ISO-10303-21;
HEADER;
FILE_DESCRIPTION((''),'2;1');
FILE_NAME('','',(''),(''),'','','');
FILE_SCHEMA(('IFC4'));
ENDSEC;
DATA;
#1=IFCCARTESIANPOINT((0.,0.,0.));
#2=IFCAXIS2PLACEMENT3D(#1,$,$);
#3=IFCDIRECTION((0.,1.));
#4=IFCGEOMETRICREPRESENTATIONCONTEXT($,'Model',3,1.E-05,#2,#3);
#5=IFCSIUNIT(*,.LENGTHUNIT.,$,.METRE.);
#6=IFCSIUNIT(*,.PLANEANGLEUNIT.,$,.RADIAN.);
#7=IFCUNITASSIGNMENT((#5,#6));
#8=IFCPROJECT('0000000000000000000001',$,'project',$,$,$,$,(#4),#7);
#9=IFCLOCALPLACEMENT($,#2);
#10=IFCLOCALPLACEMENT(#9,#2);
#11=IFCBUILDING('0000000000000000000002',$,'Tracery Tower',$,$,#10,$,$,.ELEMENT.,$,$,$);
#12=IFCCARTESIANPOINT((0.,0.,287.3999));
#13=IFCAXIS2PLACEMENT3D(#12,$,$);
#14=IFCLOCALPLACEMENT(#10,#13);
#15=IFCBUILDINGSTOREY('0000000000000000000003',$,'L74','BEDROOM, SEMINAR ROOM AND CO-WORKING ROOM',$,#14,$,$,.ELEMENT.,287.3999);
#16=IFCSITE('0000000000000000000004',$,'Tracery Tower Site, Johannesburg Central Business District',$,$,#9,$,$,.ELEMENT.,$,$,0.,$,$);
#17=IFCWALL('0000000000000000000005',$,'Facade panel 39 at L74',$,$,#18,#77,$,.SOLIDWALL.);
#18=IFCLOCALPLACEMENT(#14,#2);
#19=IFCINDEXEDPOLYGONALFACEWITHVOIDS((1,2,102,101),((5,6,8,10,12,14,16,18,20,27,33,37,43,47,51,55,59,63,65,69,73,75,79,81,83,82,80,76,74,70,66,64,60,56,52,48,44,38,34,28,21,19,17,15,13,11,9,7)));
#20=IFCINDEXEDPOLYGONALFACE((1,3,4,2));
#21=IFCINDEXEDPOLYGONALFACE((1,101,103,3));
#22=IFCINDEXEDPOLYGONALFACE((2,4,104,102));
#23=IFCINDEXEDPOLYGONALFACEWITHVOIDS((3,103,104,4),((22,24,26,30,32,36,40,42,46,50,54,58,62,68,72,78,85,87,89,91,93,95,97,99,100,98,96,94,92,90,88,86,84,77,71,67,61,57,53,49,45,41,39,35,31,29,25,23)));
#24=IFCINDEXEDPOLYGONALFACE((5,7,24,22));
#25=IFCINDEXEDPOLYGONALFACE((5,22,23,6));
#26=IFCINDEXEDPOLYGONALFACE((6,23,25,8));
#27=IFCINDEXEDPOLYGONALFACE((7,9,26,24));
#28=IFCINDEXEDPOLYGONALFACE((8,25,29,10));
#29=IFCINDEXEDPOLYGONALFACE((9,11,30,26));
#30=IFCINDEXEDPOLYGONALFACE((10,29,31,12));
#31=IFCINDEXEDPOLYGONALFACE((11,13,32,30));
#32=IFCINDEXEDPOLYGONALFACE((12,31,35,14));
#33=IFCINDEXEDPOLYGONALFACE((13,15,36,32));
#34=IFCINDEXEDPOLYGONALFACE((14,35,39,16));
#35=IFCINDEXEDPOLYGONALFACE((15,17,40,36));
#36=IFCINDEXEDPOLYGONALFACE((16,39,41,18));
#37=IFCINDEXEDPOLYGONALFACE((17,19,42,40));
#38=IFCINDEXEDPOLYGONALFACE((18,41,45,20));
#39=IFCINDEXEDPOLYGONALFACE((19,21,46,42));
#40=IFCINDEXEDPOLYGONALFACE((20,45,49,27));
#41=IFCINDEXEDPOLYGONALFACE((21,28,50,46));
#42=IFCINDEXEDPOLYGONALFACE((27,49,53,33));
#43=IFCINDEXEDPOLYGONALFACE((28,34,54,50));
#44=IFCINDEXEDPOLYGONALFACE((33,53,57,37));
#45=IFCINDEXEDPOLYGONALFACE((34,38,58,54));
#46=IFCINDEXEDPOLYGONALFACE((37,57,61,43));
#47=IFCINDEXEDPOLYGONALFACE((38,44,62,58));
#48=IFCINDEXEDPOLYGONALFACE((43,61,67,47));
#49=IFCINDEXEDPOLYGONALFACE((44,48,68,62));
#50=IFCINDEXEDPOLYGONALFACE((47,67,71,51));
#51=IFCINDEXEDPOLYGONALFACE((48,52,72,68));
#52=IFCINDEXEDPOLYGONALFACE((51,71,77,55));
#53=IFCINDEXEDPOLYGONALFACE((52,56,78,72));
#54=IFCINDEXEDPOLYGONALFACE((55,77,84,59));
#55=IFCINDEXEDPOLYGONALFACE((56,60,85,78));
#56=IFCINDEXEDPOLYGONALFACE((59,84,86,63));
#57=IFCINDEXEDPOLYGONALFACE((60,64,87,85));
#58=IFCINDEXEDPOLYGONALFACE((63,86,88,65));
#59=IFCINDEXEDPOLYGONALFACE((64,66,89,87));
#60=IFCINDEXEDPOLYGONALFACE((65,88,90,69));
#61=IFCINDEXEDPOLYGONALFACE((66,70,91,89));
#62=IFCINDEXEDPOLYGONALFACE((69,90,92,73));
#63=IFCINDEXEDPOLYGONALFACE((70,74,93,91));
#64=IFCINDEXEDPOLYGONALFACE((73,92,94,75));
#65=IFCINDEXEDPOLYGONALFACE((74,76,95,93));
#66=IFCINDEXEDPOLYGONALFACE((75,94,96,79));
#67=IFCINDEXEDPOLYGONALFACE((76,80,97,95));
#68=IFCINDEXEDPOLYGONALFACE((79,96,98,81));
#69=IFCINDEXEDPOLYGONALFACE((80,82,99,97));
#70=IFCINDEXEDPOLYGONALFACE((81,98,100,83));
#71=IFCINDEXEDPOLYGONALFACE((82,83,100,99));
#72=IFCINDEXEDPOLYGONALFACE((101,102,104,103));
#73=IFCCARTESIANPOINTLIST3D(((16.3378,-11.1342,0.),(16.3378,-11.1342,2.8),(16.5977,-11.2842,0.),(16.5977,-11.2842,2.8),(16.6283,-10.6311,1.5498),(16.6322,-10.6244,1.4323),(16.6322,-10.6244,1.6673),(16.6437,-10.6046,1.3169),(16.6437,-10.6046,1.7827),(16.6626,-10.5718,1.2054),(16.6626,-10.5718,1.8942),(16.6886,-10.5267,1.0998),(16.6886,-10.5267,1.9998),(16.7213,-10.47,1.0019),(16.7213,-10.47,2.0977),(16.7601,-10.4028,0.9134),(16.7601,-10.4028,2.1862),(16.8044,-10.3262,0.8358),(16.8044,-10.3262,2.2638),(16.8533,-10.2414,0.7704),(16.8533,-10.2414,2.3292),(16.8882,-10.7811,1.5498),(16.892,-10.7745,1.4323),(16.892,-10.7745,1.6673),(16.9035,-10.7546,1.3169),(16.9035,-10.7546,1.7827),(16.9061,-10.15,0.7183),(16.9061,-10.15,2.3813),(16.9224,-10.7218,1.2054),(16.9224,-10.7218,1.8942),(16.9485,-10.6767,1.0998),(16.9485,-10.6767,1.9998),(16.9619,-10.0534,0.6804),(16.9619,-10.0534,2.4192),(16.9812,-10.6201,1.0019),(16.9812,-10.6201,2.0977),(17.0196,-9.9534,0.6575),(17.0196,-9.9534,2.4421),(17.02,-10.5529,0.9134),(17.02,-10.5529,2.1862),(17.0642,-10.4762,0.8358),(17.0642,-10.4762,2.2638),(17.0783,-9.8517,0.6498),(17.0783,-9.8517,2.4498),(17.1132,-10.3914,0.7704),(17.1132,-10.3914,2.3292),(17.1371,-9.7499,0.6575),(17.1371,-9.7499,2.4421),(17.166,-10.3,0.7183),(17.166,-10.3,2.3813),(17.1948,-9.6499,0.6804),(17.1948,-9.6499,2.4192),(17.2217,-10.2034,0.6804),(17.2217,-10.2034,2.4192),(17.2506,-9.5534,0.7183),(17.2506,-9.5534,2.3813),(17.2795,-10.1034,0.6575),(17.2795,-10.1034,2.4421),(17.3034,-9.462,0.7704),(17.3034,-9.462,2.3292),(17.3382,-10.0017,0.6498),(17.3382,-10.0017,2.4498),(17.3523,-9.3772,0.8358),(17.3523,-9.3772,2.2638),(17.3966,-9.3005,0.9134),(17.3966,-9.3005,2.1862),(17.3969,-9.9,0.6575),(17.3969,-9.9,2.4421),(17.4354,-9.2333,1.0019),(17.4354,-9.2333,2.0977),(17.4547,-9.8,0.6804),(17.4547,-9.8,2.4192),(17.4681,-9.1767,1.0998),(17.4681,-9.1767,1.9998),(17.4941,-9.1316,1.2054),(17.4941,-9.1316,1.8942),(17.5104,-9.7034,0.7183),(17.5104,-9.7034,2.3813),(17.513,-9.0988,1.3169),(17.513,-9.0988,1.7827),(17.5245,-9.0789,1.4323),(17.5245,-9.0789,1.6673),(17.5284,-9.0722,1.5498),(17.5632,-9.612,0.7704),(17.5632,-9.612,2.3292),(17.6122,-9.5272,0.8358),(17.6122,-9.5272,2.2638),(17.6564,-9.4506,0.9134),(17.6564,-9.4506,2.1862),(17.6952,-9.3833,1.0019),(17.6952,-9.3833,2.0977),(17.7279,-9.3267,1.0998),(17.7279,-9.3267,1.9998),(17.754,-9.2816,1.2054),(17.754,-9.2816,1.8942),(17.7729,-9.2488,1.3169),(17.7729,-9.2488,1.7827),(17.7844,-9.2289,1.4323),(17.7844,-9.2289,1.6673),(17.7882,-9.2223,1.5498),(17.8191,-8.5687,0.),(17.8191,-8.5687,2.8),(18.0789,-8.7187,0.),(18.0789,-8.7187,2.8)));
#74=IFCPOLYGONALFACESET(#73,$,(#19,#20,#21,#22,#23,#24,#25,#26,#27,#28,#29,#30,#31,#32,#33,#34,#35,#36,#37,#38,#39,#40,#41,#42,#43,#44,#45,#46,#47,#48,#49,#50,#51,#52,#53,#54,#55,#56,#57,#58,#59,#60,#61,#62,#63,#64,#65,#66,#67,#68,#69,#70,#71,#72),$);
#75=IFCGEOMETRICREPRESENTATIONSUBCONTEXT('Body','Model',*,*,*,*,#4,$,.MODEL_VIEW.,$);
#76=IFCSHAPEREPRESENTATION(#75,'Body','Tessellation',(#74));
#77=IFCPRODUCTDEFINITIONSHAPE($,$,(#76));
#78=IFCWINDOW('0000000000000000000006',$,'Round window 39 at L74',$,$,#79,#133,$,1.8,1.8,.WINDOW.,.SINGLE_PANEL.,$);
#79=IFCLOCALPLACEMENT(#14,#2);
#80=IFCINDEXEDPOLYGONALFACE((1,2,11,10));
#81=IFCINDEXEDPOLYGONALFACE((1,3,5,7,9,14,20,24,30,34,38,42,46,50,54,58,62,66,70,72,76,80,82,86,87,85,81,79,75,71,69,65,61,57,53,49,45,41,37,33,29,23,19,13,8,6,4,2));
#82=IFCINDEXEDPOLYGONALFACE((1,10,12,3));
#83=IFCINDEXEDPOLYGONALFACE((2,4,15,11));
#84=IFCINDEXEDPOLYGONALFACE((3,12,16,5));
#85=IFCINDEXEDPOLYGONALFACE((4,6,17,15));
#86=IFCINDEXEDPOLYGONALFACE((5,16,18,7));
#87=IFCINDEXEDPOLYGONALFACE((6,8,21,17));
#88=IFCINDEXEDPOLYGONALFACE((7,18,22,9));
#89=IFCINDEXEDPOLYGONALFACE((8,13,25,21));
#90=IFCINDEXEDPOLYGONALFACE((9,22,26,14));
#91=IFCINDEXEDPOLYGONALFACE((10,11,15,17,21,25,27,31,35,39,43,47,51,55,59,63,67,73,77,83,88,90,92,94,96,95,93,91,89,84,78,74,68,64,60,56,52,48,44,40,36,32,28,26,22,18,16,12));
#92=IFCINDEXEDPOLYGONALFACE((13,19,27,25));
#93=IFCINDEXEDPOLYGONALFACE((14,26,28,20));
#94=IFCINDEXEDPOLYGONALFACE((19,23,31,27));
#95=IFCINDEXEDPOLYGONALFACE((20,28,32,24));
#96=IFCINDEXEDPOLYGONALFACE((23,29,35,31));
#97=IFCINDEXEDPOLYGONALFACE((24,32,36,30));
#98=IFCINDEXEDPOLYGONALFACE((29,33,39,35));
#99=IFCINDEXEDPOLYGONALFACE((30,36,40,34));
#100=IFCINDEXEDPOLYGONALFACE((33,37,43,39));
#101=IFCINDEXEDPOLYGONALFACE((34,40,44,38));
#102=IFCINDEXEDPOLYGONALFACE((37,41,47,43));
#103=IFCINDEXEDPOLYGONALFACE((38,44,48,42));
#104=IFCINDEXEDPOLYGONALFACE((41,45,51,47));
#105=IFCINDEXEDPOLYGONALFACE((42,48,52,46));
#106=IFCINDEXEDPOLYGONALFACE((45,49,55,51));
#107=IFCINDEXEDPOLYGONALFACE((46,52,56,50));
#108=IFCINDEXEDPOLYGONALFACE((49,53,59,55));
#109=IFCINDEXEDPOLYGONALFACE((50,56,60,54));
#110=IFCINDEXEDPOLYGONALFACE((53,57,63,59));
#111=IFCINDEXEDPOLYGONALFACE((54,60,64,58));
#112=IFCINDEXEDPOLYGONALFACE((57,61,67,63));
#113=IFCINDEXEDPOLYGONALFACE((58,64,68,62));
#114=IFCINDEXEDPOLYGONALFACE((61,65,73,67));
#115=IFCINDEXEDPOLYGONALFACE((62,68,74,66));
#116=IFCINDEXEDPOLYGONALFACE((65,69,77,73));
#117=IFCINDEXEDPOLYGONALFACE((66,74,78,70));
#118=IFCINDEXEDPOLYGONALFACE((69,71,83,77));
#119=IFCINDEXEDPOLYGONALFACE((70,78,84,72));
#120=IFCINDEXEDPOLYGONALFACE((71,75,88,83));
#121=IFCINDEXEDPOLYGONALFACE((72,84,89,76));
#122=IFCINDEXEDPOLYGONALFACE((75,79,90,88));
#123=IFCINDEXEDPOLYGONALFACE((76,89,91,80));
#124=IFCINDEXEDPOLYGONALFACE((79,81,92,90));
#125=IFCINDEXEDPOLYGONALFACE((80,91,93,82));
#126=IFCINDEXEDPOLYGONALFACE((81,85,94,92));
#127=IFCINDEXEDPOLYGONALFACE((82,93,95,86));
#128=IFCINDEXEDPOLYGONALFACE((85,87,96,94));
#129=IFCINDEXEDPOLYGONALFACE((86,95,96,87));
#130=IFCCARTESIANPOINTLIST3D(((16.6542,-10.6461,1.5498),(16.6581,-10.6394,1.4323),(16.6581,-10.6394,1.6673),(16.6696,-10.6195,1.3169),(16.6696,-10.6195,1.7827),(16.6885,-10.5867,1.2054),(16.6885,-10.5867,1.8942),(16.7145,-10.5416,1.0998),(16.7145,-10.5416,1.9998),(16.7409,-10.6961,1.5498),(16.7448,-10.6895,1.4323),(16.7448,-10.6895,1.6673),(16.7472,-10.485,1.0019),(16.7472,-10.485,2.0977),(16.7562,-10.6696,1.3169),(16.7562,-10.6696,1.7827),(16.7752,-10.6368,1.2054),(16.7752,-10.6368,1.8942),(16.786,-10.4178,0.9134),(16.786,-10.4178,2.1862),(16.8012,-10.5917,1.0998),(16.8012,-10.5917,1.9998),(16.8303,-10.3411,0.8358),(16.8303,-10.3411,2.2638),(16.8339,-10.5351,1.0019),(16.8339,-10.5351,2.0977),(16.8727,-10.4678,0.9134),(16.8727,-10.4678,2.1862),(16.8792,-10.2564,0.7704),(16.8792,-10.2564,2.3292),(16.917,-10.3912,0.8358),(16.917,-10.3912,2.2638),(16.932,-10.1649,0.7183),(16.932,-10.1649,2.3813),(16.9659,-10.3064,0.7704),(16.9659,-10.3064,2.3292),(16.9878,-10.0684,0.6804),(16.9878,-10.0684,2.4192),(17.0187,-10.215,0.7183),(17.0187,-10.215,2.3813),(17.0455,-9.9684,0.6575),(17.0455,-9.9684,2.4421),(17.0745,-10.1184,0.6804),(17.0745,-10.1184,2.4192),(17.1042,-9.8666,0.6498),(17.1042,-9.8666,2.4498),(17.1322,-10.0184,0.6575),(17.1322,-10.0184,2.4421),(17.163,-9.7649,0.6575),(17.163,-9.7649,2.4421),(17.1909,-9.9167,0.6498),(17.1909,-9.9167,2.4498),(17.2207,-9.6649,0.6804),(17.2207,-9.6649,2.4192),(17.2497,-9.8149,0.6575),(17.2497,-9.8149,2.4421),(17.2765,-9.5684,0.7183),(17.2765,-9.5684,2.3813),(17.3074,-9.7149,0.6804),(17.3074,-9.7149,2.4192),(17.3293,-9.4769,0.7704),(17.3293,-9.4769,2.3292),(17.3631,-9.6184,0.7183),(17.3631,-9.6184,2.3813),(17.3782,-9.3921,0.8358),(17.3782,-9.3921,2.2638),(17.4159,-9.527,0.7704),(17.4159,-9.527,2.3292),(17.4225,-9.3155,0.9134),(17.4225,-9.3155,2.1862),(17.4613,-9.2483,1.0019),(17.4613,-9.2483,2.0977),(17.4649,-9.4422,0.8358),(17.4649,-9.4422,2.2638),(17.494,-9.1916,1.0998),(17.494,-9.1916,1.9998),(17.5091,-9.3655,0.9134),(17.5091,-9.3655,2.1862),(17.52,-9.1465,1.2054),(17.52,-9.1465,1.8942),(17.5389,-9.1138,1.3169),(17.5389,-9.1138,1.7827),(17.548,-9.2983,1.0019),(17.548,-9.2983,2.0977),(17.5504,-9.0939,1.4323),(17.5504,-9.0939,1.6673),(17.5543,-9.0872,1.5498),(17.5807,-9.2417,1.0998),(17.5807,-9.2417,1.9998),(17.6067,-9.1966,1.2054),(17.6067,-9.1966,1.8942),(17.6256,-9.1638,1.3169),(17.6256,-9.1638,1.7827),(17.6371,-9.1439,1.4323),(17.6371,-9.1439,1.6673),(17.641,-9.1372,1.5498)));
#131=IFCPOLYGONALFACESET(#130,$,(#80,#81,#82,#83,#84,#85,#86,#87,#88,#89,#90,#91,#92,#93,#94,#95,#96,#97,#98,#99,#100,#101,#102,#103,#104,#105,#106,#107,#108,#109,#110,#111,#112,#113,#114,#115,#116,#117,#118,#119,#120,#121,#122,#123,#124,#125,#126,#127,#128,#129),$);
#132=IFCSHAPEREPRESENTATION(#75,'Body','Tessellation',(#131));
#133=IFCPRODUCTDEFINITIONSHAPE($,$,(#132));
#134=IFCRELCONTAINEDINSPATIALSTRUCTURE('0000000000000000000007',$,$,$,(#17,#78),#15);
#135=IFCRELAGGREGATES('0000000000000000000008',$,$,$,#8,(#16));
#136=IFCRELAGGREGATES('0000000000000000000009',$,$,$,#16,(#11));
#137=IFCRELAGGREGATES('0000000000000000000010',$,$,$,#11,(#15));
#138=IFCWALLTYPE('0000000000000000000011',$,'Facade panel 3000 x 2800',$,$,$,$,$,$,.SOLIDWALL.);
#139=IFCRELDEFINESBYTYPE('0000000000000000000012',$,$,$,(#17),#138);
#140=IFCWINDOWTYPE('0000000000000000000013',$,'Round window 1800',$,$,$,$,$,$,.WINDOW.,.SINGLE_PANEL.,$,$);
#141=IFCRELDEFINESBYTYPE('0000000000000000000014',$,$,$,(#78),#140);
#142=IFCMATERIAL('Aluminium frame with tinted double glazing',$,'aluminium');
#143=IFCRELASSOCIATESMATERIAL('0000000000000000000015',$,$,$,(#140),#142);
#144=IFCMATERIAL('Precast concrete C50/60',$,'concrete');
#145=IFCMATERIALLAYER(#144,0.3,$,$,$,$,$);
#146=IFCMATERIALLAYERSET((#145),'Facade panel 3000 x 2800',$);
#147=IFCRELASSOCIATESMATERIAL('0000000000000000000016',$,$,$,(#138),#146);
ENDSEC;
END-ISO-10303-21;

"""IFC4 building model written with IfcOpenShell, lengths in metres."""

from ifc_helpers import new_model, si_unit, direction, frame, frame_2d, origin, origin_2d, place, context, subcontext, project, spatial, rectangle, circle, extrude, material, layer, layer_set, type_object, element, fill, save


model = new_model("IFC4")

# Units and contexts
model_context = context("Model", 3, precision=1e-05, world=origin(), true_north=direction((0.0, 1.0)))
body_context = subcontext(model_context, "Body", "Model", "MODEL_VIEW")
ifc_project = project(units=[si_unit("LENGTHUNIT", "METRE"), si_unit("PLANEANGLEUNIT", "RADIAN")], contexts=[model_context])

# Site, building, storey
site_placement = place(None, origin())
site = spatial("IfcSite", under=ifc_project, at=site_placement, Name="Tracery Tower Site, Johannesburg Central Business District", CompositionType="ELEMENT", RefElevation=0.0)
building_placement = place(site_placement, origin())
building = spatial("IfcBuilding", under=site, at=building_placement, Name="Tracery Tower", CompositionType="ELEMENT")
storey_placement = place(building_placement, frame((0.0, 0.0, 287.3999)))
storey = spatial("IfcBuildingStorey", under=building, at=storey_placement, Name="L74", Description="BEDROOM, SEMINAR ROOM AND CO-WORKING ROOM", CompositionType="ELEMENT", Elevation=287.3999)

# Wall, opening, window
ifc_material_1 = material(Name="Aluminium frame with tinted double glazing", Category="aluminium")
window_type = type_object("IfcWindowType", Name="Round window 1800", PartitioningType="SINGLE_PANEL", PredefinedType="WINDOW", material=ifc_material_1)
ifc_material_2 = material(Name="Precast concrete C50/60", Category="concrete")
ifc_layer_1 = layer(ifc_material_2, 0.3)
ifc_layer_set_1 = layer_set([ifc_layer_1], Name="Facade panel 3000 x 2800")
wall_type_1 = type_object("IfcWallType", Name="Facade panel 3000 x 2800", PredefinedType="SOLIDWALL", material=ifc_layer_set_1)
wall_1_placement = place(storey_placement, frame((16.4678, -11.2092, 0.0), z_axis=(0.0, 0.0, 1.0), x_axis=(0.500013, 0.866018, 0.0)))
wall_1 = element("IfcWall", 1, at=wall_1_placement, inside=storey, type_object=wall_type_1, Name="Facade panel 39 at L74", PredefinedType="SOLIDWALL", context=body_context, shape_type="SweptSolid", body=[
    extrude(rectangle(XDim=2.9624, YDim=0.3, at=frame_2d((1.4812, 0.0))), origin(), (0.0, 0.0, 1.0), 2.8),
])
opening_1_placement = place(wall_1_placement, frame((1.481, 0.0, 1.5498)))
opening_1 = element("IfcOpeningElement", 2, at=opening_1_placement, cuts=wall_1, PredefinedType="OPENING", context=body_context, shape_type="SweptSolid", body=[
    extrude(circle(Radius=0.9, at=origin_2d()), frame((0.0, 0.1599, 0.0), z_axis=(0.0, -1.0, 0.0), x_axis=(1.0, 0.0, 0.0)), (0.0, 0.0, 1.0), 0.3201),
])
window_1_placement = place(opening_1_placement, origin())
window_1 = element("IfcWindow", 3, at=window_1_placement, inside=storey, type_object=window_type, Name="Round window 39 at L74", OverallHeight=1.8, OverallWidth=1.8, PartitioningType="SINGLE_PANEL", PredefinedType="WINDOW", context=body_context, shape_type="SweptSolid", body=[
    extrude(circle(Radius=0.9, at=origin_2d()), frame((0.0, 0.1201, 0.0), z_axis=(0.0, -1.0, 0.0), x_axis=(1.0, 0.0, 0.0)), (0.0, 0.0, 1.0), 0.1001),
])
fill(opening_1, window_1)

save(model, "model.ifc")
